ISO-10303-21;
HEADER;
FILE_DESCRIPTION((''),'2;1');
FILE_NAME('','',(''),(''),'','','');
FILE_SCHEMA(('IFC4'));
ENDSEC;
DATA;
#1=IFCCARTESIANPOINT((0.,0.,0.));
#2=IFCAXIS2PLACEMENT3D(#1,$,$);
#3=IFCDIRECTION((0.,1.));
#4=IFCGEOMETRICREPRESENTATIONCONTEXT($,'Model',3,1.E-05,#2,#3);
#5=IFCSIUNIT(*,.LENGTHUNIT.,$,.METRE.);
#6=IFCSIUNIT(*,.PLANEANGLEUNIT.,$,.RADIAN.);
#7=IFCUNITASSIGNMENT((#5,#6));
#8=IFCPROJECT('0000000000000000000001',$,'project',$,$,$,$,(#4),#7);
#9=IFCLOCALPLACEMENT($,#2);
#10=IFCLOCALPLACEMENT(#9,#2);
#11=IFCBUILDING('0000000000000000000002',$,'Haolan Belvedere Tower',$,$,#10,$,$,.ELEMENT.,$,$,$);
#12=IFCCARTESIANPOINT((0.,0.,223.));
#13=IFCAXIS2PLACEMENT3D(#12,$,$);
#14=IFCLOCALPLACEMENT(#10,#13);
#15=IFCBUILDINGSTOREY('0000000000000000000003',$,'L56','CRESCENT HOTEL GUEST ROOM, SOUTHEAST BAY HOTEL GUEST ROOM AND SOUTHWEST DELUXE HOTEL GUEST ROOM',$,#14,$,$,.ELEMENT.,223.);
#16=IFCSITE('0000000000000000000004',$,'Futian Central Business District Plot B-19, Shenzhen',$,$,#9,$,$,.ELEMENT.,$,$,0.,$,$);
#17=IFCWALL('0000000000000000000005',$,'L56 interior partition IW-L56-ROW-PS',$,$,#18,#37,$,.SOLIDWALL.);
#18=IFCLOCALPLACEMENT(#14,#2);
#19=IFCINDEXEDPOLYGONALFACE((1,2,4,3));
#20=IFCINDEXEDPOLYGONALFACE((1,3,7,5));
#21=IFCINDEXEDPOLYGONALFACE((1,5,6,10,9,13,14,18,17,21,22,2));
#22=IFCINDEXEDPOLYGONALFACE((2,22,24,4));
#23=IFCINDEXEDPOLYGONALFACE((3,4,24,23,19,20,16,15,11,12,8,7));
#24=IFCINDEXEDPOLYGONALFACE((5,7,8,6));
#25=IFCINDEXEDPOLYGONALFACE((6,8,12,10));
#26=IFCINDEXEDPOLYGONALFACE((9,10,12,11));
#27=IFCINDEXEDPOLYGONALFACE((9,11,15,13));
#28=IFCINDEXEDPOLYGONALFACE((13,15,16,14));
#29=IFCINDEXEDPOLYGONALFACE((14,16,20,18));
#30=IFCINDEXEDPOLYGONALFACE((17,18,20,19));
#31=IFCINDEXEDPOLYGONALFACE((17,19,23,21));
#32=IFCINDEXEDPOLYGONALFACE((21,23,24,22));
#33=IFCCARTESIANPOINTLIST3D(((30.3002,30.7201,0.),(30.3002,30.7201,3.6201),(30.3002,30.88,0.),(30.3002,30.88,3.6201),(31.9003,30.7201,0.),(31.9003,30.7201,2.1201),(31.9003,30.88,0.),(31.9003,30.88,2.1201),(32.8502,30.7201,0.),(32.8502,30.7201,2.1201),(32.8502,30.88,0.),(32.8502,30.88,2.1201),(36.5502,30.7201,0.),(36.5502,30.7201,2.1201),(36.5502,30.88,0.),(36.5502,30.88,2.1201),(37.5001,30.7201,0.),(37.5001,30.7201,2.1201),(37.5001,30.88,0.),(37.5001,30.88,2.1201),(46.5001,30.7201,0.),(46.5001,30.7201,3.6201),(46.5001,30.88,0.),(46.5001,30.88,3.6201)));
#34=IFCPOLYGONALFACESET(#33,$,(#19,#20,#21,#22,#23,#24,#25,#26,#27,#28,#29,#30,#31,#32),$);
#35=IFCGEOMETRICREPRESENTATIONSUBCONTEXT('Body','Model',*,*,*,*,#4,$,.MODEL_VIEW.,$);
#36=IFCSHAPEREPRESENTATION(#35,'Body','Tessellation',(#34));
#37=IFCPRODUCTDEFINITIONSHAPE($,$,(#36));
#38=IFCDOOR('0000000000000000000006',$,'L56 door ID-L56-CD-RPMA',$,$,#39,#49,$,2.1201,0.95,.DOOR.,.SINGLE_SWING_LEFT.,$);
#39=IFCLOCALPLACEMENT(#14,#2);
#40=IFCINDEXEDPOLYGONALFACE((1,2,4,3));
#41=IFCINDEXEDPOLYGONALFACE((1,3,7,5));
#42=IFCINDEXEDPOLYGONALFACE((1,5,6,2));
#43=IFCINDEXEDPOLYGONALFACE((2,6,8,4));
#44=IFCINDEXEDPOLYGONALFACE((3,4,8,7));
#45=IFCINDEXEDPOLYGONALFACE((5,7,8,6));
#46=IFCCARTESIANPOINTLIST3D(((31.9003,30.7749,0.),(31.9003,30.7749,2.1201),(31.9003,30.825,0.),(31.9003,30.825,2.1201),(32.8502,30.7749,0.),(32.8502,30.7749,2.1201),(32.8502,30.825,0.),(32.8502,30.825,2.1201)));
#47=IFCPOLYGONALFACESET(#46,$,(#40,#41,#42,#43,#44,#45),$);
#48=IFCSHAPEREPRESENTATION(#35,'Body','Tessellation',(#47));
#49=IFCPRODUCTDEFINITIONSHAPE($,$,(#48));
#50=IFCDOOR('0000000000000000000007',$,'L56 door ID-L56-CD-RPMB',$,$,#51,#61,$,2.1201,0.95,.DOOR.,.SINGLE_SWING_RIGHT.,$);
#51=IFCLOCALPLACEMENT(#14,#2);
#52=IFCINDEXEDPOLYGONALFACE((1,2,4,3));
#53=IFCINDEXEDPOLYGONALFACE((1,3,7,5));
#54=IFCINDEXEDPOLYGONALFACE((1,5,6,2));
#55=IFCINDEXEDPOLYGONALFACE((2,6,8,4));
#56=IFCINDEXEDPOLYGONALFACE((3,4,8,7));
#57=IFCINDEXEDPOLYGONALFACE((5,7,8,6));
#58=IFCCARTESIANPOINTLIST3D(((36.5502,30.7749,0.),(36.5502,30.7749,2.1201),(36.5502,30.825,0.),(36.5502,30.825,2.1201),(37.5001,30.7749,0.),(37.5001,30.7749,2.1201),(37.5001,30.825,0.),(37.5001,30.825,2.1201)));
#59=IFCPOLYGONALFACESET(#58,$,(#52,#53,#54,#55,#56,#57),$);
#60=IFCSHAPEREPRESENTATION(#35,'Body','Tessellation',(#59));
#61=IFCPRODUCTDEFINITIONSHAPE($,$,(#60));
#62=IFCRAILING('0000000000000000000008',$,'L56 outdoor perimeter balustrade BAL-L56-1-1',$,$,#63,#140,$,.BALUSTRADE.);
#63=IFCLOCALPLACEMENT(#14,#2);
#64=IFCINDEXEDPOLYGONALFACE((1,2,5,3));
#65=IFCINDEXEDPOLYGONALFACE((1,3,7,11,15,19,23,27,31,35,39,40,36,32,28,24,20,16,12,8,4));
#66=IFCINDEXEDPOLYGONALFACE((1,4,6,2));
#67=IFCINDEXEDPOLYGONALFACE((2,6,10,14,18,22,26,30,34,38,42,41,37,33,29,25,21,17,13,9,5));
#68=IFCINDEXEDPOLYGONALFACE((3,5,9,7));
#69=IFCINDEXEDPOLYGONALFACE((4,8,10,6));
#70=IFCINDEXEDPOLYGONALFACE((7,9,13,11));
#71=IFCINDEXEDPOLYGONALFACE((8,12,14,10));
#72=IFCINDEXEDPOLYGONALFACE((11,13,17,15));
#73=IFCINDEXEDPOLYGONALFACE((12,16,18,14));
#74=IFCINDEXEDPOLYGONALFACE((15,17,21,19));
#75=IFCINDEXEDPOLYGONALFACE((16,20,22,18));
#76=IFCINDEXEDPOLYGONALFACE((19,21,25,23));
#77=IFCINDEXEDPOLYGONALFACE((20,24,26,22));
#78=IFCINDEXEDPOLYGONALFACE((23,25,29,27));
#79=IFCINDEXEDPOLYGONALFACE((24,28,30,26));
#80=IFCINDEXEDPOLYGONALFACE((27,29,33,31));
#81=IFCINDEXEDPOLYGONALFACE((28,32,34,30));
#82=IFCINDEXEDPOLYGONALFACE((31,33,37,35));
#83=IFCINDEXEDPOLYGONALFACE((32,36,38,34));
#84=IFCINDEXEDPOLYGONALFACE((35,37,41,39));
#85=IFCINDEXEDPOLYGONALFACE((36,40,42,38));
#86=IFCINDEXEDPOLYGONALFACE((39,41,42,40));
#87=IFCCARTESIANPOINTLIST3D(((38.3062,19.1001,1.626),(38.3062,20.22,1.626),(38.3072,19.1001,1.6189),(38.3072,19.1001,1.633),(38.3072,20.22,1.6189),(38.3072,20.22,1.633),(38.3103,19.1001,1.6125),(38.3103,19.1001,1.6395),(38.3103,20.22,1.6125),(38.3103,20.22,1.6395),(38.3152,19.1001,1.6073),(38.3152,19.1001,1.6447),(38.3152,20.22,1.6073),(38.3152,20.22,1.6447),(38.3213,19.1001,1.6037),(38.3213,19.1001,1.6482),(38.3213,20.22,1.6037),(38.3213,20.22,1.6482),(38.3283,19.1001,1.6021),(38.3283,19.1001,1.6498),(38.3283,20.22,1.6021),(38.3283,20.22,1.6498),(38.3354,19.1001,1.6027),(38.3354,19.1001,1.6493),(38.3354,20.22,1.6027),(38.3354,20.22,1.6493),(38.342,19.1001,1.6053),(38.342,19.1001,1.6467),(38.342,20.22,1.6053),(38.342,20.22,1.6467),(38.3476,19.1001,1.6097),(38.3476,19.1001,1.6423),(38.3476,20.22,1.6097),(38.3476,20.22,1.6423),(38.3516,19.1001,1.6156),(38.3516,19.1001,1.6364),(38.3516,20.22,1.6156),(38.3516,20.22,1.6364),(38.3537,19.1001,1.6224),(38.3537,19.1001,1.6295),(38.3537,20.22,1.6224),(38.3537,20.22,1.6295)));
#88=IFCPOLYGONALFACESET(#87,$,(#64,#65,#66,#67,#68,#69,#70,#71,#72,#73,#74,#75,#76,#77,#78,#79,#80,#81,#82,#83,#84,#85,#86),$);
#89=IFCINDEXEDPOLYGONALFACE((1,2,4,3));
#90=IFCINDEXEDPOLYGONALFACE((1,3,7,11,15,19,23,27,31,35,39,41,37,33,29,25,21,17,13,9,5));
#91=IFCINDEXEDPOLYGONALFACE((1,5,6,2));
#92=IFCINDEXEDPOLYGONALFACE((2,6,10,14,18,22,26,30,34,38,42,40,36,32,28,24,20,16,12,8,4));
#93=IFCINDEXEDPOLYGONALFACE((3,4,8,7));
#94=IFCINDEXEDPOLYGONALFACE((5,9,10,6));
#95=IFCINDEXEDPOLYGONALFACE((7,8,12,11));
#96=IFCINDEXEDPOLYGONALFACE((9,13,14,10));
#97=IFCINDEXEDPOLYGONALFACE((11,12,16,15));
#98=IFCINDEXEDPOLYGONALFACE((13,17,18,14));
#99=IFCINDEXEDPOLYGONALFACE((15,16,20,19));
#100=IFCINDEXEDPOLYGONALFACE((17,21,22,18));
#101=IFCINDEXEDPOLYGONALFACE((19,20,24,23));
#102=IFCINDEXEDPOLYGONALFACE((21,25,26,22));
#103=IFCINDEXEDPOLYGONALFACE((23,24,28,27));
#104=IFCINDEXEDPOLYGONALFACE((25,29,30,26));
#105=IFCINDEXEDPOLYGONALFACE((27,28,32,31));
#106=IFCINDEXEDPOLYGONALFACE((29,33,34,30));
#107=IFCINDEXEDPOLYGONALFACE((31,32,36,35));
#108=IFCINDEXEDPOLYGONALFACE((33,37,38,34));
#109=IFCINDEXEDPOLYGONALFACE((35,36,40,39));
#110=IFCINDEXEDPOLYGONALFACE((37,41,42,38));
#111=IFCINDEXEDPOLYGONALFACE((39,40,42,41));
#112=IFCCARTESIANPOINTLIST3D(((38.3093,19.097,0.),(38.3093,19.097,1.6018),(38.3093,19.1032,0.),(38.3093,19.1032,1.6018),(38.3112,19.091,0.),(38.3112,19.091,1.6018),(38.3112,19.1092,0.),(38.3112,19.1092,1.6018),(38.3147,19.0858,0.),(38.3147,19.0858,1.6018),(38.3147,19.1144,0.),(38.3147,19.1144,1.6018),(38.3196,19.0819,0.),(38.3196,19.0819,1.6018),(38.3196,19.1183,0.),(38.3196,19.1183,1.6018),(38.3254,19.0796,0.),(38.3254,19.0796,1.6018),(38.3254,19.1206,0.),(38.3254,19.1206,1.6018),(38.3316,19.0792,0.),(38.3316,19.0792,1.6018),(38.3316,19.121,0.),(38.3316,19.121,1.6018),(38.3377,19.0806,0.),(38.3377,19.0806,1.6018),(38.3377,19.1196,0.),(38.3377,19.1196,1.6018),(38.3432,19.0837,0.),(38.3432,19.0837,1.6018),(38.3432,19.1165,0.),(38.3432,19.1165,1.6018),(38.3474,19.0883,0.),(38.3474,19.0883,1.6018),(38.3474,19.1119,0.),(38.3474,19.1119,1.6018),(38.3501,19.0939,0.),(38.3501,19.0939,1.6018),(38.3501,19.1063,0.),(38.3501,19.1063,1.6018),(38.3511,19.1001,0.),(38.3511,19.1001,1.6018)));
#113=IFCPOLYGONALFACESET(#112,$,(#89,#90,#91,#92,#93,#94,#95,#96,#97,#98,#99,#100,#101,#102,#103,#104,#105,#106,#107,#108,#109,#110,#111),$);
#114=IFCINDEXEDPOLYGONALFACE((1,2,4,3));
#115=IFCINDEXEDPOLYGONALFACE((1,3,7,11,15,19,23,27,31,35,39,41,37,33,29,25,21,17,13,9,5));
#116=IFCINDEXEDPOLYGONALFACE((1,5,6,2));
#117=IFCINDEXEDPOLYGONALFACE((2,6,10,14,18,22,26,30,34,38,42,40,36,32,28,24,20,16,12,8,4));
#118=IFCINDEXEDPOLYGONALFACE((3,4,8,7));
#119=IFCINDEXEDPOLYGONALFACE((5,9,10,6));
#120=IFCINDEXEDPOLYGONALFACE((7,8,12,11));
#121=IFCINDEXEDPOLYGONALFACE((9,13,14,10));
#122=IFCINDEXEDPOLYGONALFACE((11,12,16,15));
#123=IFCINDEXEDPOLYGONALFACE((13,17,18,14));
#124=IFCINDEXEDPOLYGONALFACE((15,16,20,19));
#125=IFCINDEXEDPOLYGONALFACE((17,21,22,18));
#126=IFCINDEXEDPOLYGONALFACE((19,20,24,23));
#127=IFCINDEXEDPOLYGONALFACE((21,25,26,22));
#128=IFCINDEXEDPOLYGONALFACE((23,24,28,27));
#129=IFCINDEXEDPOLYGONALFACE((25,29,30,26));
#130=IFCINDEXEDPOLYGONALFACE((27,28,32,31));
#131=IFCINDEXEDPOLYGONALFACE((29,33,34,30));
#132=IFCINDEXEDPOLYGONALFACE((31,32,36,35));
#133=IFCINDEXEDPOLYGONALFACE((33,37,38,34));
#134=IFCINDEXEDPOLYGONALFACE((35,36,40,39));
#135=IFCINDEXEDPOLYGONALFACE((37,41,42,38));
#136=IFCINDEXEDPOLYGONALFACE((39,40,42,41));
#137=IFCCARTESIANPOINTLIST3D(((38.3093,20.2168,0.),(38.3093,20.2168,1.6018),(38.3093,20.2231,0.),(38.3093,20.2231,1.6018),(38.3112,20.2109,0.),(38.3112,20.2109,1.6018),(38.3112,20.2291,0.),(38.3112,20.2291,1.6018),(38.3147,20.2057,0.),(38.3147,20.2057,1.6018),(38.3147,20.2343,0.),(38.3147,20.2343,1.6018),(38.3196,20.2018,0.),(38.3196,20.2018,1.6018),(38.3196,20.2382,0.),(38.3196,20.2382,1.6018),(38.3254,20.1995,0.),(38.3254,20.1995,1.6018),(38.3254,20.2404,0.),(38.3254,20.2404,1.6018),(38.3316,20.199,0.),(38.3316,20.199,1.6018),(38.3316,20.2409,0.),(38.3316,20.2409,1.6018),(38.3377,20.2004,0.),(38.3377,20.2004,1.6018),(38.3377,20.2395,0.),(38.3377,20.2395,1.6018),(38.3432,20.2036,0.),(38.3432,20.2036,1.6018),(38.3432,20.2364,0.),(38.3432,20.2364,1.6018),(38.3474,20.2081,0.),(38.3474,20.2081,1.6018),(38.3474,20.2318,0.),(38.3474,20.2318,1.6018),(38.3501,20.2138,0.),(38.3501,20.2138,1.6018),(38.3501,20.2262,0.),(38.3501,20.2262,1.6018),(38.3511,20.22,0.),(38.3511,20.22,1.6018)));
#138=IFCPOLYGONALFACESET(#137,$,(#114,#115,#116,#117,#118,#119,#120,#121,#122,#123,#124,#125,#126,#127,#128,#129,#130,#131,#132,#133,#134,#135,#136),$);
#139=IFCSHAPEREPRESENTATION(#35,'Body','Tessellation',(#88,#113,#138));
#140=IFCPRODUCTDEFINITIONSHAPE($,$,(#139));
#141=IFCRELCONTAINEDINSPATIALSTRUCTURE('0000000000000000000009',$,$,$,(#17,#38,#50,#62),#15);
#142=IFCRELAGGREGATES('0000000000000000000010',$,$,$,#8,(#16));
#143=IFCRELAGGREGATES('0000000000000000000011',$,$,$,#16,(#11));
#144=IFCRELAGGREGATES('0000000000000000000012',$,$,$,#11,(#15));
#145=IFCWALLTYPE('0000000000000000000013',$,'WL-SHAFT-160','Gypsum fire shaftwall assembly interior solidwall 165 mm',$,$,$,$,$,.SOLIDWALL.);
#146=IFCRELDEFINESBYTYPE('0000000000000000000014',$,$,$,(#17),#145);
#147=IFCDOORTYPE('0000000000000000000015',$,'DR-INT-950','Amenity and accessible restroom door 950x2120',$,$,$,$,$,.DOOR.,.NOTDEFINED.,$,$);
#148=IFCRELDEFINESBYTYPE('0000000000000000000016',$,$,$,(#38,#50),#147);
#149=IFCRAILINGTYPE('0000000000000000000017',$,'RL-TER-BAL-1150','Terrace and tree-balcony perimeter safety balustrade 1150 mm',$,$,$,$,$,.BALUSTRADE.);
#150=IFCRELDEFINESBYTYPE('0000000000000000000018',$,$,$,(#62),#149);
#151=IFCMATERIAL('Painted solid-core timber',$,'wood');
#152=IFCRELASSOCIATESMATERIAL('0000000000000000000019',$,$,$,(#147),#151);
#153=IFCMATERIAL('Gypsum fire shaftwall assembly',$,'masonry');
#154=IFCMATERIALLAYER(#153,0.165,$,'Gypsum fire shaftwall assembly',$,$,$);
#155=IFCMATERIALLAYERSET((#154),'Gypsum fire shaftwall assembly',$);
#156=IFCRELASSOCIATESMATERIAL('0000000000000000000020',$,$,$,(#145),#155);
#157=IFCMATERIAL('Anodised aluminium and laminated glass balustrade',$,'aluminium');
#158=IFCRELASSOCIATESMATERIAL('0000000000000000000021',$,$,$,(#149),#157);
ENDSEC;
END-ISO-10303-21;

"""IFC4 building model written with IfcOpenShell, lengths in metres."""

from ifc_helpers import new_model, si_unit, direction, frame, frame_2d, origin, origin_2d, place, context, subcontext, project, spatial, rectangle, circle, extrude, material, layer, layer_set, type_object, element, fill, save


model = new_model("IFC4")

# Units and contexts
model_context = context("Model", 3, precision=1e-05, world=origin(), true_north=direction((0.0, 1.0)))
body_context = subcontext(model_context, "Body", "Model", "MODEL_VIEW")
ifc_project = project(units=[si_unit("LENGTHUNIT", "METRE"), si_unit("PLANEANGLEUNIT", "RADIAN")], contexts=[model_context])

# Site, building, storey
site_placement = place(None, origin())
site = spatial("IfcSite", under=ifc_project, at=site_placement, Name="Futian Central Business District Plot B-19, Shenzhen", CompositionType="ELEMENT", RefElevation=0.0)
building_placement = place(site_placement, origin())
building = spatial("IfcBuilding", under=site, at=building_placement, Name="Haolan Belvedere Tower", CompositionType="ELEMENT")
storey_placement = place(building_placement, frame((0.0, 0.0, 223.0)))
storey = spatial("IfcBuildingStorey", under=building, at=storey_placement, Name="L56", Description="CRESCENT HOTEL GUEST ROOM, SOUTHEAST BAY HOTEL GUEST ROOM AND SOUTHWEST DELUXE HOTEL GUEST ROOM", CompositionType="ELEMENT", Elevation=223.0)

# Shared definitions
ifc_material_1 = material(Name="Painted solid-core timber", Category="wood")
door_type_1 = type_object("IfcDoorType", Name="DR-INT-950", Description="Amenity and accessible restroom door 950x2120", OperationType="NOTDEFINED", PredefinedType="DOOR", material=ifc_material_1)

# Shared definitions
ifc_material_2 = material(Name="Gypsum fire shaftwall assembly", Category="masonry")
ifc_layer_1 = layer(ifc_material_2, 0.165, Name="Gypsum fire shaftwall assembly")
ifc_layer_set_1 = layer_set([ifc_layer_1], Name="Gypsum fire shaftwall assembly")
wall_type_1 = type_object("IfcWallType", Name="WL-SHAFT-160", Description="Gypsum fire shaftwall assembly interior solidwall 165 mm", PredefinedType="SOLIDWALL", material=ifc_layer_set_1)

# Wall, openings, doors
wall_1_placement = place(storey_placement, frame((30.3, 30.8, 0.0), z_axis=(0.0, 0.0, 1.0), x_axis=(1.0, 0.0, 0.0)))
wall_1 = element("IfcWall", 1, at=wall_1_placement, inside=storey, type_object=wall_type_1, Name="L56 interior partition IW-L56-ROW-PS", PredefinedType="SOLIDWALL", context=body_context, shape_type="SweptSolid", body=[
    extrude(rectangle(XDim=16.2, YDim=0.1599, at=frame_2d((8.1001, 0.0))), origin(), (0.0, 0.0, 1.0), 3.6201),
])
opening_1_placement = place(wall_1_placement, frame((1.6001, 0.0, 0.0)))
opening_1 = element("IfcOpeningElement", 2, at=opening_1_placement, cuts=wall_1, PredefinedType="OPENING", context=body_context, shape_type="SweptSolid", body=[
    extrude(rectangle(XDim=0.95, YDim=2.1201, at=frame_2d((0.4751, 1.0601))), frame((0.0, 0.0898, 0.0), z_axis=(0.0, -1.0, 0.0), x_axis=(1.0, 0.0, 0.0)), (0.0, 0.0, 1.0), 0.1799),
])
opening_2_placement = place(wall_1_placement, frame((6.25, 0.0, 0.0)))
opening_2 = element("IfcOpeningElement", 3, at=opening_2_placement, cuts=wall_1, PredefinedType="OPENING", context=body_context, shape_type="SweptSolid", body=[
    extrude(rectangle(XDim=0.95, YDim=2.1201, at=frame_2d((0.4751, 1.0601))), frame((0.0, 0.0898, 0.0), z_axis=(0.0, -1.0, 0.0), x_axis=(1.0, 0.0, 0.0)), (0.0, 0.0, 1.0), 0.1799),
])
door_1_placement = place(opening_1_placement, origin())
door_1 = element("IfcDoor", 4, at=door_1_placement, inside=storey, type_object=door_type_1, Name="L56 door ID-L56-CD-RPMA", OperationType="SINGLE_SWING_LEFT", OverallHeight=2.1201, OverallWidth=0.95, PredefinedType="DOOR", context=body_context, shape_type="SweptSolid", body=[
    extrude(rectangle(XDim=0.95, YDim=2.1201, at=frame_2d((0.4751, 1.0601))), frame((0.0, 0.0249, 0.0), z_axis=(0.0, -1.0, 0.0), x_axis=(1.0, 0.0, 0.0)), (0.0, 0.0, 1.0), 0.05),
])
fill(opening_1, door_1)
door_2_placement = place(opening_2_placement, origin())
door_2 = element("IfcDoor", 5, at=door_2_placement, inside=storey, type_object=door_type_1, Name="L56 door ID-L56-CD-RPMB", OperationType="SINGLE_SWING_RIGHT", OverallHeight=2.1201, OverallWidth=0.95, PredefinedType="DOOR", context=body_context, shape_type="SweptSolid", body=[
    extrude(rectangle(XDim=0.95, YDim=2.1201, at=frame_2d((0.4751, 1.0601))), frame((0.0, 0.0249, 0.0), z_axis=(0.0, -1.0, 0.0), x_axis=(1.0, 0.0, 0.0)), (0.0, 0.0, 1.0), 0.05),
])
fill(opening_2, door_2)

# Railing
ifc_material_3 = material(Name="Anodised aluminium and laminated glass balustrade", Category="aluminium")
railing_type = type_object("IfcRailingType", Name="RL-TER-BAL-1150", Description="Terrace and tree-balcony perimeter safety balustrade 1150 mm", PredefinedType="BALUSTRADE", material=ifc_material_3)
railing_placement = place(storey_placement, frame((38.3301, 19.1001, 0.0)))
element("IfcRailing", 6, at=railing_placement, inside=storey, type_object=railing_type, Name="L56 outdoor perimeter balustrade BAL-L56-1-1", PredefinedType="BALUSTRADE", context=body_context, shape_type="SweptSolid", body=[
    extrude(circle(Radius=0.0239, at=origin_2d()), frame((0.0, 0.0, 1.626), z_axis=(0.0, 1.0, 0.0), x_axis=(-1.0, 0.0, 0.0)), (0.0, 0.0, 1.0), 1.1199),
    extrude(circle(Radius=0.021, at=origin_2d()), origin(), (0.0, 0.0, 1.0), 1.6018),
    extrude(circle(Radius=0.021, at=origin_2d()), frame((0.0, 1.1199, 0.0)), (0.0, 0.0, 1.0), 1.6018),
])

save(model, "model.ifc")
